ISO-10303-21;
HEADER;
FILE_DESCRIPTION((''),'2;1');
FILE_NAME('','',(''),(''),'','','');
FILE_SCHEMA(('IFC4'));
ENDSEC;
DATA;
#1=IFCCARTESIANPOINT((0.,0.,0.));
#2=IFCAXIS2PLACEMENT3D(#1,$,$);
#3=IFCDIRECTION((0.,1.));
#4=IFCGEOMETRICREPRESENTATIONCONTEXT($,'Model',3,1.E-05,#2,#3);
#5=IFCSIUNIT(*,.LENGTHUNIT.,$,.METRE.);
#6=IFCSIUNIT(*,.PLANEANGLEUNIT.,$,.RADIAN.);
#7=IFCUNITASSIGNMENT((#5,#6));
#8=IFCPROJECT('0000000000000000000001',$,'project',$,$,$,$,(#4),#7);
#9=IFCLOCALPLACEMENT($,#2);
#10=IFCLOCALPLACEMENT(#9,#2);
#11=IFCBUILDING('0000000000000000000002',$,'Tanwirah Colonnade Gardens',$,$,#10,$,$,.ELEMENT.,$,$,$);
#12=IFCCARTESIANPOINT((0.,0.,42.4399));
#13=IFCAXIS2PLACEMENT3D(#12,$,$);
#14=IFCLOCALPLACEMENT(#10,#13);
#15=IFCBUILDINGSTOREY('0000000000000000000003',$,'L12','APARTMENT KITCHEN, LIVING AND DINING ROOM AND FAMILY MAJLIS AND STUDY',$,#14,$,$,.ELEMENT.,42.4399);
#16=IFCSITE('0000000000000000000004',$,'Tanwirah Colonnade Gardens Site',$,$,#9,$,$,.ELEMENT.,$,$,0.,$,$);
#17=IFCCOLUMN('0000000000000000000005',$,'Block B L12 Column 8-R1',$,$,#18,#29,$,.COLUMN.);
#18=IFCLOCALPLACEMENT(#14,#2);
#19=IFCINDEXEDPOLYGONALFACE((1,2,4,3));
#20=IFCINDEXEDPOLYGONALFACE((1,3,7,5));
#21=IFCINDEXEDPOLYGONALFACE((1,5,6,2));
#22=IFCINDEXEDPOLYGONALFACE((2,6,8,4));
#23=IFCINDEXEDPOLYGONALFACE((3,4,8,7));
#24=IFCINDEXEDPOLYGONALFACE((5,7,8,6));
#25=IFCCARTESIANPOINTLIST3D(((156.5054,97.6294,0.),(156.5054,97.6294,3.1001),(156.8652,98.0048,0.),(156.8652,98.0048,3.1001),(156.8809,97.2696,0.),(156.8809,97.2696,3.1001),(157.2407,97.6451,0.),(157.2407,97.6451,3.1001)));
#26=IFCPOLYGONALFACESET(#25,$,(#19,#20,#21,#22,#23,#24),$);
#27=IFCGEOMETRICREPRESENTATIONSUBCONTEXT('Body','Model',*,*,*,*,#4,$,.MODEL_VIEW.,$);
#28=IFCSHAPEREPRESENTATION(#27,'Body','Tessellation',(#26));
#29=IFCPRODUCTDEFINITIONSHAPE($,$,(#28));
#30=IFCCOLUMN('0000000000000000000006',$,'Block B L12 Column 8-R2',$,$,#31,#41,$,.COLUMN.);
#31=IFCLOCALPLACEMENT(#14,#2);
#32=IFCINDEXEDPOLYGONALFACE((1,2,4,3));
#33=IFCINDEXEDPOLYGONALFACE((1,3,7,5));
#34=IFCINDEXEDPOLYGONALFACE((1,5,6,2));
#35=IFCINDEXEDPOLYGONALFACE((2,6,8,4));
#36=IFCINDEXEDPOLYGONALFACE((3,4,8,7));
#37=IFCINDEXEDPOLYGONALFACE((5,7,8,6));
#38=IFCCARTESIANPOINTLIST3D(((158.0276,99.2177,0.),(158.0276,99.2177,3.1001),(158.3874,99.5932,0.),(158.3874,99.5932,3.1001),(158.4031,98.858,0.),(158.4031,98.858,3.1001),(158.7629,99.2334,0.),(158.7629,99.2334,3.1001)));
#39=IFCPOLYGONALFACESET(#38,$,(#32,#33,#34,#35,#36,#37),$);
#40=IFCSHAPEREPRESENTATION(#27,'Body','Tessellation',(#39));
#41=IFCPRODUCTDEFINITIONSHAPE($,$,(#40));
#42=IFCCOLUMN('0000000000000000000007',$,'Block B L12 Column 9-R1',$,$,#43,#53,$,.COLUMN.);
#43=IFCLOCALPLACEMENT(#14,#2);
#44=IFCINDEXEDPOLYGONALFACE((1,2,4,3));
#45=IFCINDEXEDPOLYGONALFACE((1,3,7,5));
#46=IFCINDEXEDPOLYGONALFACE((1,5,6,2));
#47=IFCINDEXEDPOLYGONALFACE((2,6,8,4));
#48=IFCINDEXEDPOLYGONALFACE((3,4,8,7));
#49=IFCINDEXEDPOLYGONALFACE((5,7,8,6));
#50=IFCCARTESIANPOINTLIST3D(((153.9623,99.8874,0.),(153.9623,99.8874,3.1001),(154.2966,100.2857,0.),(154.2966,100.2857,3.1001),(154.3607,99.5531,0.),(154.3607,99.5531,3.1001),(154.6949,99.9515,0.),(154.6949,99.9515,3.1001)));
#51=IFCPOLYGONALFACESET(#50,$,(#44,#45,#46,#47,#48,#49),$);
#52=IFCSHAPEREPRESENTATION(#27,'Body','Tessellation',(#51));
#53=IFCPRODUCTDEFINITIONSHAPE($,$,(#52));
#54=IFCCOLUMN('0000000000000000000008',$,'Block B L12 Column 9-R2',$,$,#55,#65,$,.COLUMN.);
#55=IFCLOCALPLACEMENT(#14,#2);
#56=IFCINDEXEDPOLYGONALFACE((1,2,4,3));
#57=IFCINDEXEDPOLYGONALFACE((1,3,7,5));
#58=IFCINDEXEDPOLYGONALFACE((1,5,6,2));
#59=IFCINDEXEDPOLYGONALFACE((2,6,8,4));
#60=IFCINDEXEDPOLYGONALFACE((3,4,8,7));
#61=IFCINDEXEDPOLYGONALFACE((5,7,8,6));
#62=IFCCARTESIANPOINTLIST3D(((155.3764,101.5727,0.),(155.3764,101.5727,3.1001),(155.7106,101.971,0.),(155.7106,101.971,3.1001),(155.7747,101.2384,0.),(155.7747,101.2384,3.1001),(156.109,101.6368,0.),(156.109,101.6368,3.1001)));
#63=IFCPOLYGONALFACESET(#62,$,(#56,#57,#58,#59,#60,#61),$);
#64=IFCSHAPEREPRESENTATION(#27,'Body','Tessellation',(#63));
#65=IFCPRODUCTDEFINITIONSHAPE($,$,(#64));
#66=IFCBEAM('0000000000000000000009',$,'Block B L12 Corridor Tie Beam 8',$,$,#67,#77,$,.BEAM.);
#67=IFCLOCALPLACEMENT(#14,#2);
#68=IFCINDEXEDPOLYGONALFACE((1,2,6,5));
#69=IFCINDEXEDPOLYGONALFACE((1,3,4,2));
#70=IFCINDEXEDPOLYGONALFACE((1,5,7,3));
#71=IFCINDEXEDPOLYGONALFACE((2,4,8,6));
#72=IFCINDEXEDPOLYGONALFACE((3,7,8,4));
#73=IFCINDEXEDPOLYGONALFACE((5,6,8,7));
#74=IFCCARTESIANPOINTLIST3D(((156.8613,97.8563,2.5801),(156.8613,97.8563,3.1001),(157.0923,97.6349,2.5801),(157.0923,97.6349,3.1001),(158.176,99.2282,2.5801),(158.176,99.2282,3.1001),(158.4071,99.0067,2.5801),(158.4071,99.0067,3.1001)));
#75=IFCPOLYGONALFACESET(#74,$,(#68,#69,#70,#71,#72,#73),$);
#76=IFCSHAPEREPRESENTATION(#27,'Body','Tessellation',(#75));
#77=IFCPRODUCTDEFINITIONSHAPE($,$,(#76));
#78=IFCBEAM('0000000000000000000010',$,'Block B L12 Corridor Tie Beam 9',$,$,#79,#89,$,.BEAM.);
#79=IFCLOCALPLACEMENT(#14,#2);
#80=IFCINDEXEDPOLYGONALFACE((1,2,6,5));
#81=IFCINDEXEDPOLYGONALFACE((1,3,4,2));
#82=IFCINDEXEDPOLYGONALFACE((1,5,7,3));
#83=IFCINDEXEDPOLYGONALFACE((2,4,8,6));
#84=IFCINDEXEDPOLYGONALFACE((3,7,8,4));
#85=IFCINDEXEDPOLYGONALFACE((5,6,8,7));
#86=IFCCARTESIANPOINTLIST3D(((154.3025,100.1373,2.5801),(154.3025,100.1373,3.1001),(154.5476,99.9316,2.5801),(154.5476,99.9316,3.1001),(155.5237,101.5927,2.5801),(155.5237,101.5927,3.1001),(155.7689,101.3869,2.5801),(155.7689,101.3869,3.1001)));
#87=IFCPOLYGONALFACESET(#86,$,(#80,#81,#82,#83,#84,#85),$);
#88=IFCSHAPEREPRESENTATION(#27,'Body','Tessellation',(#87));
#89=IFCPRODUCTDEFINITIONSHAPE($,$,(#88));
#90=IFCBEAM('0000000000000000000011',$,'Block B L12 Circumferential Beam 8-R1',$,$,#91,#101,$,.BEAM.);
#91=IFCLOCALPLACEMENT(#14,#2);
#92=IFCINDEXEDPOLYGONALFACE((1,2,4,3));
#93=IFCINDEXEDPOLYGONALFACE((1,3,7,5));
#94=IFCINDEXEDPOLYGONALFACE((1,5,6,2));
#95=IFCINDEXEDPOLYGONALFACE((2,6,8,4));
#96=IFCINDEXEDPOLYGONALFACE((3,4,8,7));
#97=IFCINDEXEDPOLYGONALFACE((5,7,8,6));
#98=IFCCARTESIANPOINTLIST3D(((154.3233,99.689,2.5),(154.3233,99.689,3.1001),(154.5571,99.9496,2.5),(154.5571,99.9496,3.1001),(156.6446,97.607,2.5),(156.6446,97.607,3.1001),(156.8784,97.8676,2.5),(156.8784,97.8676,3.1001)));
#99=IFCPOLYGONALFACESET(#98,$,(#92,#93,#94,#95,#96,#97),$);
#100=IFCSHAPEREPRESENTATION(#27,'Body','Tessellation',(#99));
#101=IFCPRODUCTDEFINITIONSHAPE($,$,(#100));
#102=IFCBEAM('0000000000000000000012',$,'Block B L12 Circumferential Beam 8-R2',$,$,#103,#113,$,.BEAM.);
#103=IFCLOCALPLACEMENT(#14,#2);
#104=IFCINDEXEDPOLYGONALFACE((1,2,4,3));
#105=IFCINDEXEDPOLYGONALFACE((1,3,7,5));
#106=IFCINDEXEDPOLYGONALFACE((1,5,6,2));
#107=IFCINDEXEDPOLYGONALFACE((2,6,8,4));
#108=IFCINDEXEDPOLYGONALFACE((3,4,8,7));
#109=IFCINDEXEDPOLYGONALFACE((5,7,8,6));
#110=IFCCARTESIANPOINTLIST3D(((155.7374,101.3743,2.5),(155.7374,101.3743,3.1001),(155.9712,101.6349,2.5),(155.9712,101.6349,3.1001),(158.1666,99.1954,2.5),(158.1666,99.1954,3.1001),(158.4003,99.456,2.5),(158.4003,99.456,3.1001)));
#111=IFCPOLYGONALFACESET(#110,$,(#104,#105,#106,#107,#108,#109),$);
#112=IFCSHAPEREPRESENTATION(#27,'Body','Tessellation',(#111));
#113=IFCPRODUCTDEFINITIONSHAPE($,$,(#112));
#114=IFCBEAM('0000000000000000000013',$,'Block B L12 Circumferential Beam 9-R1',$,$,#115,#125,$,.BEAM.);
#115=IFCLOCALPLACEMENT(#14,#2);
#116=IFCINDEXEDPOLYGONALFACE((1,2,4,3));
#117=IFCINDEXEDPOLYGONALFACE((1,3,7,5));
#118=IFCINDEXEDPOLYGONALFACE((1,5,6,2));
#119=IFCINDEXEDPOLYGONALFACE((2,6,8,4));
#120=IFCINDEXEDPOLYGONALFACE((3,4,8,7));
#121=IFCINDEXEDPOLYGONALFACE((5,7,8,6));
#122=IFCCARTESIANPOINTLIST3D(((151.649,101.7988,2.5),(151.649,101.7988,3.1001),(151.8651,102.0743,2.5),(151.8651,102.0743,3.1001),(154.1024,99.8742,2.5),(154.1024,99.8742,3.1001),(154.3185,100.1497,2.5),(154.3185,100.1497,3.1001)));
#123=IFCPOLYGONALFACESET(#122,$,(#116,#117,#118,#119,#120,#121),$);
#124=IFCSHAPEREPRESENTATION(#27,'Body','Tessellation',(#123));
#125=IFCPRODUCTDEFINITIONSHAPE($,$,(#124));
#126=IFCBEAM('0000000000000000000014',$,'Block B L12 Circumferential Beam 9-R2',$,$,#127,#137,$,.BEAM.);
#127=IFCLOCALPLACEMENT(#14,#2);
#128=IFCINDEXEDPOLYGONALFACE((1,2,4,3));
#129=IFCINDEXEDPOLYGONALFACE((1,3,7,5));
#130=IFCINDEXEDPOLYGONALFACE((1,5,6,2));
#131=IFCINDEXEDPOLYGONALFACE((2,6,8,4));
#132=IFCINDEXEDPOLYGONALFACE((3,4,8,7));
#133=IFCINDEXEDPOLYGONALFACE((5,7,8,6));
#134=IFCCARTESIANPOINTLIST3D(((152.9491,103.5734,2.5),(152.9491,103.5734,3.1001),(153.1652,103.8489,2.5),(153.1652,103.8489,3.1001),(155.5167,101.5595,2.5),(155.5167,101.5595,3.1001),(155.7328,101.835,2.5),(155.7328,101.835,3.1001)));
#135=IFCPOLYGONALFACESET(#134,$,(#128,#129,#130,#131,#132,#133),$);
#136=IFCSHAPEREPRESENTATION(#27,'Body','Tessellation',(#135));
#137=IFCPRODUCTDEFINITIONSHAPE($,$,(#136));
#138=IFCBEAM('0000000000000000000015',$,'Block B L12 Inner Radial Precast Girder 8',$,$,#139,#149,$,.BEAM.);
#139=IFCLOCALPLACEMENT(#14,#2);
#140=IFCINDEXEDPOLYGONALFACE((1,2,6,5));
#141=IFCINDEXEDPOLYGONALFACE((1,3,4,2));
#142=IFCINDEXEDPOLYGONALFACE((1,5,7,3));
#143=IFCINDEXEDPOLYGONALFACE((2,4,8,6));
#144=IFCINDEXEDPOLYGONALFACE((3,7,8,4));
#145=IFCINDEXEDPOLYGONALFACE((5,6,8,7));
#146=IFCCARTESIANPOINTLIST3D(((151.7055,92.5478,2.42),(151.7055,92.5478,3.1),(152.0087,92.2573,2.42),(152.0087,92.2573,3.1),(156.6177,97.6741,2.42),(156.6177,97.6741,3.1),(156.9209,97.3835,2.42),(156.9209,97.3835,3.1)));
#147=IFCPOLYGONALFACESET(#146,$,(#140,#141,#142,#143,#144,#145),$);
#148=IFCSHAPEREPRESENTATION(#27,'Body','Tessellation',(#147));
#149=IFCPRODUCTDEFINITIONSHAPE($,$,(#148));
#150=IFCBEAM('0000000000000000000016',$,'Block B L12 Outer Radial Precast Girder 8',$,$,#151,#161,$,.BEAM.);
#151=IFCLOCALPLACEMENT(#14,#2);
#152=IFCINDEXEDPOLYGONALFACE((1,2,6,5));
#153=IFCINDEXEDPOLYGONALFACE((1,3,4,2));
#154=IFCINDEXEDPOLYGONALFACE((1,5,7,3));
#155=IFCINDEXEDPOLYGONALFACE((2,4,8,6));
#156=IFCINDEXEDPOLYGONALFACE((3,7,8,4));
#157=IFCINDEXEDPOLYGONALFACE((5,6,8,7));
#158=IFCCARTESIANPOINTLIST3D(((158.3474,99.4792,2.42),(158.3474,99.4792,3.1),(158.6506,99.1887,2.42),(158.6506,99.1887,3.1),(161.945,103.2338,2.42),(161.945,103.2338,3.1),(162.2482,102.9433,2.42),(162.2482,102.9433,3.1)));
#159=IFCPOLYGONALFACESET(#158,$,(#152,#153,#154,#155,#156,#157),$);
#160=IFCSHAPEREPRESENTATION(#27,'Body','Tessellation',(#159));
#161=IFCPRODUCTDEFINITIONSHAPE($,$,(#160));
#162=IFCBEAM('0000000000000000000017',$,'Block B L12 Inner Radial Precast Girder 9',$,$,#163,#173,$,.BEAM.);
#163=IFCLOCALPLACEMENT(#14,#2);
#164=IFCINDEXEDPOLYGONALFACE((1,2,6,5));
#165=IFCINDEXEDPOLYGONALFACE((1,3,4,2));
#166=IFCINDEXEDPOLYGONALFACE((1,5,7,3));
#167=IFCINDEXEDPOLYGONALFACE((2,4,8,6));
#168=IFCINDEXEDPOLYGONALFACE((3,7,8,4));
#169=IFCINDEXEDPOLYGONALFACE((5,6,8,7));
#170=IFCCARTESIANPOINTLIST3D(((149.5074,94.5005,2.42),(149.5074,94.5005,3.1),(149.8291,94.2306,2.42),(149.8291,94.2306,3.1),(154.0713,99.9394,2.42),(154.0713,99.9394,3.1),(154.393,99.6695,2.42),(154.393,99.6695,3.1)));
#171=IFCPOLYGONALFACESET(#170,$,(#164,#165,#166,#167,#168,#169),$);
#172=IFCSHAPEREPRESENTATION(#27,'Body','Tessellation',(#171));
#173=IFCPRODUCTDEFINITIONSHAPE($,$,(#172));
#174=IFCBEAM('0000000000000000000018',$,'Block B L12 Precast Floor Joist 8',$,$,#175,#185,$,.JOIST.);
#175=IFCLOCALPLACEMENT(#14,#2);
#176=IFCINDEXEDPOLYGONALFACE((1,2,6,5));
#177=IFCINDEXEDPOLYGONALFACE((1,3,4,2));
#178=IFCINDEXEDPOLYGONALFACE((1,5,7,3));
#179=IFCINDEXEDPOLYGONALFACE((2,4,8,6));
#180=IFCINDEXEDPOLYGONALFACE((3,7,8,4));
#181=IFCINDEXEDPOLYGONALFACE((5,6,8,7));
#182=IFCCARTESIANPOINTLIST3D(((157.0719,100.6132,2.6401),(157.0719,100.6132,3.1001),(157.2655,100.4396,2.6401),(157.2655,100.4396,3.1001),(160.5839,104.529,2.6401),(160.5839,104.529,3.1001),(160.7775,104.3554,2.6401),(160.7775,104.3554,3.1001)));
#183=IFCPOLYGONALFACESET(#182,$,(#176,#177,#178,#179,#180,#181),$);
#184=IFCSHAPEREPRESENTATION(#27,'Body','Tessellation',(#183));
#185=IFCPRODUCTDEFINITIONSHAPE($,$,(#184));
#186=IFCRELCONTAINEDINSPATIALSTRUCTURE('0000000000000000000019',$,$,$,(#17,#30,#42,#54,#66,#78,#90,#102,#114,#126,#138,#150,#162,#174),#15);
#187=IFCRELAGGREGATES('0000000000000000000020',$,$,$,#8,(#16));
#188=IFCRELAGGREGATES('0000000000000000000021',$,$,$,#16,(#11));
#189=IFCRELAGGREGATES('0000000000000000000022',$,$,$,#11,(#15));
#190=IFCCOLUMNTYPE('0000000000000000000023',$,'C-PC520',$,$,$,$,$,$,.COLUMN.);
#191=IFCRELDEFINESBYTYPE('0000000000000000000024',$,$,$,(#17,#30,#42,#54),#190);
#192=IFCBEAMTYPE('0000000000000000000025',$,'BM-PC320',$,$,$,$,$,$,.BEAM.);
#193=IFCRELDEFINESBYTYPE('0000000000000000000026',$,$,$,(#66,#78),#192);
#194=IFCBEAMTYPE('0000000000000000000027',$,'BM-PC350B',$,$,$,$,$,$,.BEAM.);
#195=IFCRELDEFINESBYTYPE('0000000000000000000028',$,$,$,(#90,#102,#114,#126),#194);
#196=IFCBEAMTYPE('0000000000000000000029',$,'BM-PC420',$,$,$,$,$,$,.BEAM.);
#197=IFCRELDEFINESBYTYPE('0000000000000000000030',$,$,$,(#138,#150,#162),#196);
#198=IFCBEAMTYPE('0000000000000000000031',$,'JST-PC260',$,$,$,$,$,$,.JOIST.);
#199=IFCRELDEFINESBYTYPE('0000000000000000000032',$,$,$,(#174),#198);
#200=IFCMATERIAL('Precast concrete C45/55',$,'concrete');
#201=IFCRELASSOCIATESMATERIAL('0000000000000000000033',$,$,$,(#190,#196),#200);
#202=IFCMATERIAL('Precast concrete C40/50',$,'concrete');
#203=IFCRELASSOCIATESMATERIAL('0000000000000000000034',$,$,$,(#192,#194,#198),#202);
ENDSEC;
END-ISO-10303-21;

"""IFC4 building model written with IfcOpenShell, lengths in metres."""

from ifc_helpers import new_model, si_unit, direction, frame, origin, origin_2d, place, context, subcontext, project, spatial, rectangle, extrude, material, material_profile, profile_set, type_object, element, save


model = new_model("IFC4")

# Units and contexts
model_context = context("Model", 3, precision=1e-05, world=origin(), true_north=direction((0.0, 1.0)))
body_context = subcontext(model_context, "Body", "Model", "MODEL_VIEW")
ifc_project = project(units=[si_unit("LENGTHUNIT", "METRE"), si_unit("PLANEANGLEUNIT", "RADIAN")], contexts=[model_context])

# Site, building, storey
site_placement = place(None, origin())
site = spatial("IfcSite", under=ifc_project, at=site_placement, Name="Tanwirah Colonnade Gardens Site", CompositionType="ELEMENT", RefElevation=0.0)
building_placement = place(site_placement, origin())
building = spatial("IfcBuilding", under=site, at=building_placement, Name="Tanwirah Colonnade Gardens", CompositionType="ELEMENT")
storey_placement = place(building_placement, frame((0.0, 0.0, 42.4399)))
storey = spatial("IfcBuildingStorey", under=building, at=storey_placement, Name="L12", Description="APARTMENT KITCHEN, LIVING AND DINING ROOM AND FAMILY MAJLIS AND STUDY", CompositionType="ELEMENT", Elevation=42.4399)

# Columns
ifc_material_1 = material(Name="Precast concrete C45/55", Category="concrete")
ifc_material_profile_1 = material_profile(ifc_material_1, rectangle(XDim=0.52, YDim=0.52, at=origin_2d()), Name="PC-COL 520x520")
ifc_profile_set_1 = profile_set([ifc_material_profile_1], Name="Precast concrete C45/55")
column_type = type_object("IfcColumnType", Name="C-PC520", PredefinedType="COLUMN", material=ifc_profile_set_1)
for number, where, z_axis, x_axis, name in (
    (1, (156.873, 97.6372, 0.0), (0.0, 0.0, 1.0), (0.691863, 0.722029, 0.0), "Block B L12 Column 8-R1"),
    (2, (158.3953, 99.2256, 0.0), (0.0, 0.0, 1.0), (0.691863, 0.722029, 0.0), "Block B L12 Column 8-R2"),
    (3, (154.3286, 99.9194, 0.0), (0.0, 0.0, 1.0), (0.642788, 0.766044, 0.0), "Block B L12 Column 9-R1"),
    (4, (155.7427, 101.6047, 0.0), (0.0, 0.0, 1.0), (0.642788, 0.766044, 0.0), "Block B L12 Column 9-R2"),
):
    element("IfcColumn", number, at=place(storey_placement, frame(where, z_axis=z_axis, x_axis=x_axis)), inside=storey, type_object=column_type, Name=name, PredefinedType="COLUMN", context=body_context, shape_type="SweptSolid", body=[
        extrude(rectangle(XDim=0.52, YDim=0.52, at=origin_2d()), origin(), (0.0, 0.0, 1.0), 3.1001),
    ])

# Beams
ifc_material_2 = material(Name="Precast concrete C40/50", Category="concrete")
ifc_material_profile_2 = material_profile(ifc_material_2, rectangle(XDim=0.3201, YDim=0.52, at=origin_2d()), Name="PC-BM 320x520")
ifc_profile_set_2 = profile_set([ifc_material_profile_2], Name="Precast concrete C40/50")
beam_type_1 = type_object("IfcBeamType", Name="BM-PC320", PredefinedType="BEAM", material=ifc_profile_set_2)
beam_1_placement = place(storey_placement, frame((156.9768, 97.7456, 2.8401), z_axis=(0.691914, 0.72198, 0.0), x_axis=(-0.72198, 0.691914, 0.0)))
element("IfcBeam", 5, at=beam_1_placement, inside=storey, type_object=beam_type_1, Name="Block B L12 Corridor Tie Beam 8", PredefinedType="BEAM", context=body_context, shape_type="SweptSolid", body=[
    extrude(rectangle(XDim=0.3201, YDim=0.52, at=origin_2d()), origin(), (0.0, 0.0, 1.0), 1.9001),
])
beam_2_placement = place(storey_placement, frame((154.425, 100.0344, 2.8401), z_axis=(0.642797, 0.766036, 0.0), x_axis=(-0.766036, 0.642797, 0.0)))
element("IfcBeam", 6, at=beam_2_placement, inside=storey, type_object=beam_type_1, Name="Block B L12 Corridor Tie Beam 9", PredefinedType="BEAM", context=body_context, shape_type="SweptSolid", body=[
    extrude(rectangle(XDim=0.3201, YDim=0.52, at=origin_2d()), origin(), (0.0, 0.0, 1.0), 1.8999),
])
ifc_material_profile_3 = material_profile(ifc_material_2, rectangle(XDim=0.3501, YDim=0.6001, at=origin_2d()), Name="PC-BM 350x600")
ifc_profile_set_3 = profile_set([ifc_material_profile_3], Name="Precast concrete C40/50")
beam_type_2 = type_object("IfcBeamType", Name="BM-PC350B", PredefinedType="BEAM", material=ifc_profile_set_3)
beam_3_placement = place(storey_placement, frame((156.7615, 97.7373, 2.8), z_axis=(-0.74443, 0.667701, 0.0), x_axis=(-0.667701, -0.74443, 0.0)))
element("IfcBeam", 7, at=beam_3_placement, inside=storey, type_object=beam_type_2, Name="Block B L12 Circumferential Beam 8-R1", PredefinedType="BEAM", context=body_context, shape_type="SweptSolid", body=[
    extrude(rectangle(XDim=0.3501, YDim=0.6001, at=origin_2d()), origin(), (0.0, 0.0, 1.0), 3.1182),
])
beam_4_placement = place(storey_placement, frame((158.2834, 99.3257, 2.8), z_axis=(-0.744409, 0.667724, 0.0), x_axis=(-0.667724, -0.744409, 0.0)))
element("IfcBeam", 8, at=beam_4_placement, inside=storey, type_object=beam_type_2, Name="Block B L12 Circumferential Beam 8-R2", PredefinedType="BEAM", context=body_context, shape_type="SweptSolid", body=[
    extrude(rectangle(XDim=0.3501, YDim=0.6001, at=origin_2d()), origin(), (0.0, 0.0, 1.0), 3.2632),
])
beam_5_placement = place(storey_placement, frame((154.2104, 100.012, 2.8), z_axis=(-0.786799, 0.617209, 0.0), x_axis=(-0.617209, -0.786799, 0.0)))
element("IfcBeam", 9, at=beam_5_placement, inside=storey, type_object=beam_type_2, Name="Block B L12 Circumferential Beam 9-R1", PredefinedType="BEAM", context=body_context, shape_type="SweptSolid", body=[
    extrude(rectangle(XDim=0.3501, YDim=0.6001, at=origin_2d()), origin(), (0.0, 0.0, 1.0), 3.1182),
])
beam_6_placement = place(storey_placement, frame((155.6248, 101.6973, 2.8), z_axis=(-0.78684, 0.617157, 0.0), x_axis=(-0.617157, -0.78684, 0.0)))
element("IfcBeam", 10, at=beam_6_placement, inside=storey, type_object=beam_type_2, Name="Block B L12 Circumferential Beam 9-R2", PredefinedType="BEAM", context=body_context, shape_type="SweptSolid", body=[
    extrude(rectangle(XDim=0.3501, YDim=0.6001, at=origin_2d()), origin(), (0.0, 0.0, 1.0), 3.2632),
])
ifc_material_profile_4 = material_profile(ifc_material_1, rectangle(XDim=0.4199, YDim=0.6799, at=origin_2d()), Name="PC-BM 420x680")
ifc_profile_set_4 = profile_set([ifc_material_profile_4], Name="Precast concrete C45/55")
beam_type_3 = type_object("IfcBeamType", Name="BM-PC420", PredefinedType="BEAM", material=ifc_profile_set_4)
beam_7_placement = place(storey_placement, frame((156.7693, 97.5288, 2.76), z_axis=(-0.691867, -0.722025, 0.0), x_axis=(0.722025, -0.691867, 0.0)))
element("IfcBeam", 11, at=beam_7_placement, inside=storey, type_object=beam_type_3, Name="Block B L12 Inner Radial Precast Girder 8", PredefinedType="BEAM", context=body_context, shape_type="SweptSolid", body=[
    extrude(rectangle(XDim=0.4199, YDim=0.6799, at=origin_2d()), origin(), (0.0, 0.0, 1.0), 7.0999),
])
beam_8_placement = place(storey_placement, frame((158.499, 99.334, 2.76), z_axis=(0.691851, 0.72204, 0.0), x_axis=(-0.72204, 0.691851, 0.0)))
element("IfcBeam", 12, at=beam_8_placement, inside=storey, type_object=beam_type_3, Name="Block B L12 Outer Radial Precast Girder 8", PredefinedType="BEAM", context=body_context, shape_type="SweptSolid", body=[
    extrude(rectangle(XDim=0.4199, YDim=0.6799, at=origin_2d()), origin(), (0.0, 0.0, 1.0), 5.2),
])
beam_9_placement = place(storey_placement, frame((154.2322, 99.8044, 2.76), z_axis=(-0.642798, -0.766035, 0.0), x_axis=(0.766035, -0.642798, 0.0)))
element("IfcBeam", 13, at=beam_9_placement, inside=storey, type_object=beam_type_3, Name="Block B L12 Inner Radial Precast Girder 9", PredefinedType="BEAM", context=body_context, shape_type="SweptSolid", body=[
    extrude(rectangle(XDim=0.4199, YDim=0.6799, at=origin_2d()), origin(), (0.0, 0.0, 1.0), 7.1001),
])
ifc_material_profile_5 = material_profile(ifc_material_2, rectangle(XDim=0.26, YDim=0.46, at=origin_2d()), Name="PC-JST 260x460")
ifc_profile_set_5 = profile_set([ifc_material_profile_5], Name="Precast concrete C40/50")
beam_type_4 = type_object("IfcBeamType", Name="JST-PC260", PredefinedType="JOIST", material=ifc_profile_set_5)
beam_10_placement = place(storey_placement, frame((157.1687, 100.5264, 2.8701), z_axis=(0.667679, 0.744449, 0.0), x_axis=(-0.744449, 0.667679, 0.0)))
element("IfcBeam", 14, at=beam_10_placement, inside=storey, type_object=beam_type_4, Name="Block B L12 Precast Floor Joist 8", PredefinedType="JOIST", context=body_context, shape_type="SweptSolid", body=[
    extrude(rectangle(XDim=0.26, YDim=0.46, at=origin_2d()), origin(), (0.0, 0.0, 1.0), 5.26),
])

save(model, "model.ifc")
